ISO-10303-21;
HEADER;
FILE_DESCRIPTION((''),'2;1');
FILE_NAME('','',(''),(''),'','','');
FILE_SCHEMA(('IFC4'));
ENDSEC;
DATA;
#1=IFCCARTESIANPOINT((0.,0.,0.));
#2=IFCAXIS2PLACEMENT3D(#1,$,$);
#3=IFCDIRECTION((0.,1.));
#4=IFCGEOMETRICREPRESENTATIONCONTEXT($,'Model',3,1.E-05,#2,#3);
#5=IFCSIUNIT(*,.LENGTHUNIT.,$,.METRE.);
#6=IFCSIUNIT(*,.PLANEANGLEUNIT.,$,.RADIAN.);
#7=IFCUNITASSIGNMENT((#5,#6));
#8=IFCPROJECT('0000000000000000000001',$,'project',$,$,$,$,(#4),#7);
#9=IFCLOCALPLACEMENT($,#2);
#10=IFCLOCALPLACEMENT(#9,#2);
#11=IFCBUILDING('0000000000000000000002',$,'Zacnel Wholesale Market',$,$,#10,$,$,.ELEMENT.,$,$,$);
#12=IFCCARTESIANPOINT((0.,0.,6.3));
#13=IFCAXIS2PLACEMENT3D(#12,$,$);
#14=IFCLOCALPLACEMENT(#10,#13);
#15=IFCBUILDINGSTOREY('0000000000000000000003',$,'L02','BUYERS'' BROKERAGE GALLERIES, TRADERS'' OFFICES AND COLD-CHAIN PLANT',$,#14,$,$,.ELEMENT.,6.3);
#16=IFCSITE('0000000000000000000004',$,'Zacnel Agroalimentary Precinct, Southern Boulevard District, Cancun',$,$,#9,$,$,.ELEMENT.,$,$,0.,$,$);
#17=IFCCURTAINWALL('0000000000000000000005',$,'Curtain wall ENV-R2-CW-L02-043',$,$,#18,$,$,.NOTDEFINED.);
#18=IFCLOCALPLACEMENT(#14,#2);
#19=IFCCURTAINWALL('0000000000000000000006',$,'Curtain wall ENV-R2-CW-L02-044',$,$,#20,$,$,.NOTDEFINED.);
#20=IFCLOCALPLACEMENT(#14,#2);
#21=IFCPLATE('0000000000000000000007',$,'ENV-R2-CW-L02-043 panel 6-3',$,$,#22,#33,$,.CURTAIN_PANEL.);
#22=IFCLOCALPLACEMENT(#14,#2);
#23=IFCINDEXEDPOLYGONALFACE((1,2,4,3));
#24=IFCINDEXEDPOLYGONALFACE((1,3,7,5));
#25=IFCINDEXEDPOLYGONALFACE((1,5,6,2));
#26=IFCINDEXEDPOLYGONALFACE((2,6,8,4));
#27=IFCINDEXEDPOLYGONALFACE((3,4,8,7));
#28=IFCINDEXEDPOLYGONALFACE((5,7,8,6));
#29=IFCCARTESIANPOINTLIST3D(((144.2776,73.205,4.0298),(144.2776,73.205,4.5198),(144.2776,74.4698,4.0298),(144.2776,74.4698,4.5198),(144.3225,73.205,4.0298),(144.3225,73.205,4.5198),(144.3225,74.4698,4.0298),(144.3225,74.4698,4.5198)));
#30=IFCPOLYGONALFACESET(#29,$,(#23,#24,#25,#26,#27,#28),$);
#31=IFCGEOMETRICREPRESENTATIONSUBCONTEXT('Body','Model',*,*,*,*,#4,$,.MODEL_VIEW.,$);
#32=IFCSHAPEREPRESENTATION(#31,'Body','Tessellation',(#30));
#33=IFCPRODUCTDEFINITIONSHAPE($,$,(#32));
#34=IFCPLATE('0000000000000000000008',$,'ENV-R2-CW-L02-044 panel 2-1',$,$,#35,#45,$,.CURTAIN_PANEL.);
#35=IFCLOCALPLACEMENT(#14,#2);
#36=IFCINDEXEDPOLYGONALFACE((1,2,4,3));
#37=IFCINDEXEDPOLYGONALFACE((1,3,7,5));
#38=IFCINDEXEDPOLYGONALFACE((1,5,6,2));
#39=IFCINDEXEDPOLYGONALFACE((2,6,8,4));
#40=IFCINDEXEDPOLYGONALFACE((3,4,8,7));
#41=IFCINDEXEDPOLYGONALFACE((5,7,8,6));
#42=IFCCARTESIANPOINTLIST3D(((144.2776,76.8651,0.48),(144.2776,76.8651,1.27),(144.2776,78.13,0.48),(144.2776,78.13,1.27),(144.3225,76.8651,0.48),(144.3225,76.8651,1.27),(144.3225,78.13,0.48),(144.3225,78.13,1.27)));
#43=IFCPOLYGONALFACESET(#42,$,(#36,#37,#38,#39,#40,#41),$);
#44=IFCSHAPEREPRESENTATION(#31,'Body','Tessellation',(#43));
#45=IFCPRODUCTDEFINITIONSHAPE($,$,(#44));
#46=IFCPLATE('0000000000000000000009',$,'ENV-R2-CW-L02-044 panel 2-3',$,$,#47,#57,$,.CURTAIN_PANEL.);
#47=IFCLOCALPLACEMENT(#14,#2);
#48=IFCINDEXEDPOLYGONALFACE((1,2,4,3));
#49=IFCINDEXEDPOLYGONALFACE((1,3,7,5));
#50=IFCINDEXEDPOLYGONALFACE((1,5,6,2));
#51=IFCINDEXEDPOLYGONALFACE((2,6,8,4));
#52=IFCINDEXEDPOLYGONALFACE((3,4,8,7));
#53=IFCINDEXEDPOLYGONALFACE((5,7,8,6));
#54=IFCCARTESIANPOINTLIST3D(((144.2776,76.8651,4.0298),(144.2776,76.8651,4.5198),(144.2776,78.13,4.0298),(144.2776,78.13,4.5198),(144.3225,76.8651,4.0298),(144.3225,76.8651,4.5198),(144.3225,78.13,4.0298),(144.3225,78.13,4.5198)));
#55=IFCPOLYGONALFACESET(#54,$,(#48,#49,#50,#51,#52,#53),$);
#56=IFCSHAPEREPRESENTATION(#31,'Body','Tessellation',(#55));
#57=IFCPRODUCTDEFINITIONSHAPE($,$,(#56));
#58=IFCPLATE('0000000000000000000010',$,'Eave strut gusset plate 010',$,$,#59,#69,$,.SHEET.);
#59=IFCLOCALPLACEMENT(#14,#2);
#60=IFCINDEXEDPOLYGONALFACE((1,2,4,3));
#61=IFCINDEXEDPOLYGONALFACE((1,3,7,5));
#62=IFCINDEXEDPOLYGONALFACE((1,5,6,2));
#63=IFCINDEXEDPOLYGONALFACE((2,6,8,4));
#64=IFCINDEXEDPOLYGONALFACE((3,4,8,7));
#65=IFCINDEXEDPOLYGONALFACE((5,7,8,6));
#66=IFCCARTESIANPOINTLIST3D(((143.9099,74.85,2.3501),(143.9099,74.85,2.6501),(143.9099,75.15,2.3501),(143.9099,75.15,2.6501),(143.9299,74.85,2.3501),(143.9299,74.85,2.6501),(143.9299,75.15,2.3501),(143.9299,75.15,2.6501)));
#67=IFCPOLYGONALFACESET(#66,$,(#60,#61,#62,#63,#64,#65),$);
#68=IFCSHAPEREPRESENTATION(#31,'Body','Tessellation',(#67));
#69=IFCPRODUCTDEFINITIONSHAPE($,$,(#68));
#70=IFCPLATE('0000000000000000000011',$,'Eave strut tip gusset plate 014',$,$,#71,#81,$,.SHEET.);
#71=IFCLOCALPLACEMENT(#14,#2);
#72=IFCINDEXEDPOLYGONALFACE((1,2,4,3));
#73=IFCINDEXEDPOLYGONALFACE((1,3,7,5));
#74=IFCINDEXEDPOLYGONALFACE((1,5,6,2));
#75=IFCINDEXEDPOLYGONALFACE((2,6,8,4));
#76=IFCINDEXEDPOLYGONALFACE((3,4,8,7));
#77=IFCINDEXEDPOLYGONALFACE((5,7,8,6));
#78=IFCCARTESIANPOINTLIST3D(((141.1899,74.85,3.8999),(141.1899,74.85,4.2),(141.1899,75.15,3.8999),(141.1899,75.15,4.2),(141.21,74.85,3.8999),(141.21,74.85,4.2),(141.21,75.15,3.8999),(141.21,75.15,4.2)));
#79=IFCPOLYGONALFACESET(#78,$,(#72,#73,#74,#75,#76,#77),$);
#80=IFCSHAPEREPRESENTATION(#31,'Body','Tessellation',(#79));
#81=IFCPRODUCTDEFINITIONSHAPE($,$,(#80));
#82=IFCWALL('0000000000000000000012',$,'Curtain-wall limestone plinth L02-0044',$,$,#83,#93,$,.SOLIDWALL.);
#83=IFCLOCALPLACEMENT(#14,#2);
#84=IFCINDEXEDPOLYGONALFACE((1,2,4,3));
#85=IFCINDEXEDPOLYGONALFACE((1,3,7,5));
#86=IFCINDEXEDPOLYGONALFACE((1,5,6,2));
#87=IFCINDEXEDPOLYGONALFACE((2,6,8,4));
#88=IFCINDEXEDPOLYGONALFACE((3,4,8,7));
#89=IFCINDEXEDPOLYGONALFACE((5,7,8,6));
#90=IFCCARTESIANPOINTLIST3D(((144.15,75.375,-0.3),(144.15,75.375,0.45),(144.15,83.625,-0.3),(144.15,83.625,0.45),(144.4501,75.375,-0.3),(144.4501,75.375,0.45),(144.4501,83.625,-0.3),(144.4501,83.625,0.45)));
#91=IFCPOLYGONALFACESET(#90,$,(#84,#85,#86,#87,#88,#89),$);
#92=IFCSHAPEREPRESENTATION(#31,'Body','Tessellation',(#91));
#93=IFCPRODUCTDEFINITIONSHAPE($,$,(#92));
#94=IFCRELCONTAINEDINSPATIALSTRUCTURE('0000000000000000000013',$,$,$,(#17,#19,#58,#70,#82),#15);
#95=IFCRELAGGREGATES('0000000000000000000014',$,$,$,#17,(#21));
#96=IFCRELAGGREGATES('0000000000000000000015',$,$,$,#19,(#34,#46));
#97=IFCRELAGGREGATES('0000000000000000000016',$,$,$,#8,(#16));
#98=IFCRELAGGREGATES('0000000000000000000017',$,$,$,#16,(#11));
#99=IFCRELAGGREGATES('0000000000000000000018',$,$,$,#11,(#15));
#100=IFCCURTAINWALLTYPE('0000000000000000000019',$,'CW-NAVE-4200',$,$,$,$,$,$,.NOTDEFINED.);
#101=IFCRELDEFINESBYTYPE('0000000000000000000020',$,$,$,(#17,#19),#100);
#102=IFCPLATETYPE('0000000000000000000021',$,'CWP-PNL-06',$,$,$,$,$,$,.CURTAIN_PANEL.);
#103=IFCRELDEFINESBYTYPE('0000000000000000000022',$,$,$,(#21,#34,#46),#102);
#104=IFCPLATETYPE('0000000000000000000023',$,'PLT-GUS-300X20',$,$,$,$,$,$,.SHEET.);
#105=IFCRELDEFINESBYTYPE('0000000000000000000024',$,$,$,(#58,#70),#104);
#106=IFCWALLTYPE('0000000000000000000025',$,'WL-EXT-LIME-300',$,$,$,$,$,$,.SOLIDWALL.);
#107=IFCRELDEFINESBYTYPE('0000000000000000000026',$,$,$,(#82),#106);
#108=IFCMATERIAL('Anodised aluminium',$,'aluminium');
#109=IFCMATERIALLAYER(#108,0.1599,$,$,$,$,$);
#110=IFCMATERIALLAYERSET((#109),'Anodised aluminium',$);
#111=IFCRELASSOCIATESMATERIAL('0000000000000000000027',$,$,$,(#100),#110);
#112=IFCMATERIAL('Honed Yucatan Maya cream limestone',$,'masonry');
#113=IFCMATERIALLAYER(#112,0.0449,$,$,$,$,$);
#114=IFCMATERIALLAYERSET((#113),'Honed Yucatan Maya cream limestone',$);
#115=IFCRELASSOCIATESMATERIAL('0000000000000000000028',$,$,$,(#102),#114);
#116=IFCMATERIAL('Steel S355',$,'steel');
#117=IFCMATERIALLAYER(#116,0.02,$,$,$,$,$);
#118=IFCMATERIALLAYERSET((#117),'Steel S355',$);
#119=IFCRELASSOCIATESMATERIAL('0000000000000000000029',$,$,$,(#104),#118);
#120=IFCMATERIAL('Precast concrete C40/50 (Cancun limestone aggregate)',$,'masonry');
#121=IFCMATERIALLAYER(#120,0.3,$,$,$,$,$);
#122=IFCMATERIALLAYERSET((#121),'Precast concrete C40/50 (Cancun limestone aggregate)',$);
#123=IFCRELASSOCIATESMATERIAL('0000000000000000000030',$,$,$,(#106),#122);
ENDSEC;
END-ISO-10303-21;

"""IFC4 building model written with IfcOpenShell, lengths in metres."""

from ifc_helpers import new_model, si_unit, direction, frame, frame_2d, origin, origin_2d, place, context, subcontext, project, spatial, rectangle, extrude, material, layer, layer_set, type_object, element, aggregate, save


model = new_model("IFC4")

# Units and contexts
model_context = context("Model", 3, precision=1e-05, world=origin(), true_north=direction((0.0, 1.0)))
body_context = subcontext(model_context, "Body", "Model", "MODEL_VIEW")
ifc_project = project(units=[si_unit("LENGTHUNIT", "METRE"), si_unit("PLANEANGLEUNIT", "RADIAN")], contexts=[model_context])

# Site, building, storey
site_placement = place(None, origin())
site = spatial("IfcSite", under=ifc_project, at=site_placement, Name="Zacnel Agroalimentary Precinct, Southern Boulevard District, Cancun", CompositionType="ELEMENT", RefElevation=0.0)
building_placement = place(site_placement, origin())
building = spatial("IfcBuilding", under=site, at=building_placement, Name="Zacnel Wholesale Market", CompositionType="ELEMENT")
storey_placement = place(building_placement, frame((0.0, 0.0, 6.3)))
storey = spatial("IfcBuildingStorey", under=building, at=storey_placement, Name="L02", Description="BUYERS' BROKERAGE GALLERIES, TRADERS' OFFICES AND COLD-CHAIN PLANT", CompositionType="ELEMENT", Elevation=6.3)

# Curtain walls
ifc_material_1 = material(Name="Anodised aluminium", Category="aluminium")
ifc_layer_1 = layer(ifc_material_1, 0.1599)
ifc_layer_set_1 = layer_set([ifc_layer_1], Name="Anodised aluminium")
curtain_wall_type = type_object("IfcCurtainWallType", Name="CW-NAVE-4200", PredefinedType="NOTDEFINED", material=ifc_layer_set_1)
curtain_wall_1_placement = place(storey_placement, origin())
curtain_wall_1 = element("IfcCurtainWall", 1, at=curtain_wall_1_placement, inside=storey, type_object=curtain_wall_type, Name="Curtain wall ENV-R2-CW-L02-043", PredefinedType="NOTDEFINED")
curtain_wall_2_placement = place(storey_placement, origin())
curtain_wall_2 = element("IfcCurtainWall", 2, at=curtain_wall_2_placement, inside=storey, type_object=curtain_wall_type, Name="Curtain wall ENV-R2-CW-L02-044", PredefinedType="NOTDEFINED")

# Plates
ifc_material_2 = material(Name="Honed Yucatan Maya cream limestone", Category="masonry")
ifc_layer_2 = layer(ifc_material_2, 0.0449)
ifc_layer_set_2 = layer_set([ifc_layer_2], Name="Honed Yucatan Maya cream limestone")
plate_type_1 = type_object("IfcPlateType", Name="CWP-PNL-06", PredefinedType="CURTAIN_PANEL", material=ifc_layer_set_2)
plate_1_placement = place(storey_placement, frame((144.3, 73.8374, 4.0298), z_axis=(0.0, 0.0, 1.0), x_axis=(0.0, 1.0, 0.0)))
plate_1 = element("IfcPlate", 3, at=plate_1_placement, type_object=plate_type_1, Name="ENV-R2-CW-L02-043 panel 6-3", PredefinedType="CURTAIN_PANEL", context=body_context, shape_type="SweptSolid", body=[
    extrude(rectangle(XDim=1.2649, YDim=0.0449, at=origin_2d()), origin(), (0.0, 0.0, 1.0), 0.49),
])
aggregate(curtain_wall_1, [plate_1])
plate_2_placement = place(storey_placement, frame((144.3, 77.4976, 0.48), z_axis=(0.0, 0.0, 1.0), x_axis=(0.0, 1.0, 0.0)))
plate_2 = element("IfcPlate", 4, at=plate_2_placement, type_object=plate_type_1, Name="ENV-R2-CW-L02-044 panel 2-1", PredefinedType="CURTAIN_PANEL", context=body_context, shape_type="SweptSolid", body=[
    extrude(rectangle(XDim=1.2649, YDim=0.0449, at=origin_2d()), origin(), (0.0, 0.0, 1.0), 0.79),
])
plate_3_placement = place(storey_placement, frame((144.3, 77.4976, 4.0298), z_axis=(0.0, 0.0, 1.0), x_axis=(0.0, 1.0, 0.0)))
plate_3 = element("IfcPlate", 5, at=plate_3_placement, type_object=plate_type_1, Name="ENV-R2-CW-L02-044 panel 2-3", PredefinedType="CURTAIN_PANEL", context=body_context, shape_type="SweptSolid", body=[
    extrude(rectangle(XDim=1.2649, YDim=0.0449, at=origin_2d()), origin(), (0.0, 0.0, 1.0), 0.49),
])
aggregate(curtain_wall_2, [plate_2, plate_3])

# Plates
ifc_material_3 = material(Name="Steel S355", Category="steel")
ifc_layer_3 = layer(ifc_material_3, 0.02)
ifc_layer_set_3 = layer_set([ifc_layer_3], Name="Steel S355")
plate_type_2 = type_object("IfcPlateType", Name="PLT-GUS-300X20", PredefinedType="SHEET", material=ifc_layer_set_3)
for number, where, z_axis, x_axis, name in (
    (6, (143.9199, 75.0, 2.3501), (0.0, 0.0, 1.0), (0.0, 1.0, 0.0), "Eave strut gusset plate 010"),
    (7, (141.2, 75.0, 3.8999), (0.0, 0.0, 1.0), (0.0, 1.0, 0.0), "Eave strut tip gusset plate 014"),
):
    element("IfcPlate", number, at=place(storey_placement, frame(where, z_axis=z_axis, x_axis=x_axis)), inside=storey, type_object=plate_type_2, Name=name, PredefinedType="SHEET", context=body_context, shape_type="SweptSolid", body=[
        extrude(rectangle(XDim=0.3, YDim=0.02, at=origin_2d()), origin(), (0.0, 0.0, 1.0), 0.3),
    ])

# Wall
ifc_material_4 = material(Name="Precast concrete C40/50 (Cancun limestone aggregate)", Category="masonry")
ifc_layer_4 = layer(ifc_material_4, 0.3)
ifc_layer_set_4 = layer_set([ifc_layer_4], Name="Precast concrete C40/50 (Cancun limestone aggregate)")
wall_type = type_object("IfcWallType", Name="WL-EXT-LIME-300", PredefinedType="SOLIDWALL", material=ifc_layer_set_4)
wall_placement = place(storey_placement, frame((144.3, 75.375, -0.3), z_axis=(0.0, 0.0, 1.0), x_axis=(0.0, 1.0, 0.0)))
element("IfcWall", 8, at=wall_placement, inside=storey, type_object=wall_type, Name="Curtain-wall limestone plinth L02-0044", PredefinedType="SOLIDWALL", context=body_context, shape_type="SweptSolid", body=[
    extrude(rectangle(XDim=8.25, YDim=0.3, at=frame_2d((4.125, 0.0))), origin(), (0.0, 0.0, 1.0), 0.75),
])

save(model, "model.ifc")
